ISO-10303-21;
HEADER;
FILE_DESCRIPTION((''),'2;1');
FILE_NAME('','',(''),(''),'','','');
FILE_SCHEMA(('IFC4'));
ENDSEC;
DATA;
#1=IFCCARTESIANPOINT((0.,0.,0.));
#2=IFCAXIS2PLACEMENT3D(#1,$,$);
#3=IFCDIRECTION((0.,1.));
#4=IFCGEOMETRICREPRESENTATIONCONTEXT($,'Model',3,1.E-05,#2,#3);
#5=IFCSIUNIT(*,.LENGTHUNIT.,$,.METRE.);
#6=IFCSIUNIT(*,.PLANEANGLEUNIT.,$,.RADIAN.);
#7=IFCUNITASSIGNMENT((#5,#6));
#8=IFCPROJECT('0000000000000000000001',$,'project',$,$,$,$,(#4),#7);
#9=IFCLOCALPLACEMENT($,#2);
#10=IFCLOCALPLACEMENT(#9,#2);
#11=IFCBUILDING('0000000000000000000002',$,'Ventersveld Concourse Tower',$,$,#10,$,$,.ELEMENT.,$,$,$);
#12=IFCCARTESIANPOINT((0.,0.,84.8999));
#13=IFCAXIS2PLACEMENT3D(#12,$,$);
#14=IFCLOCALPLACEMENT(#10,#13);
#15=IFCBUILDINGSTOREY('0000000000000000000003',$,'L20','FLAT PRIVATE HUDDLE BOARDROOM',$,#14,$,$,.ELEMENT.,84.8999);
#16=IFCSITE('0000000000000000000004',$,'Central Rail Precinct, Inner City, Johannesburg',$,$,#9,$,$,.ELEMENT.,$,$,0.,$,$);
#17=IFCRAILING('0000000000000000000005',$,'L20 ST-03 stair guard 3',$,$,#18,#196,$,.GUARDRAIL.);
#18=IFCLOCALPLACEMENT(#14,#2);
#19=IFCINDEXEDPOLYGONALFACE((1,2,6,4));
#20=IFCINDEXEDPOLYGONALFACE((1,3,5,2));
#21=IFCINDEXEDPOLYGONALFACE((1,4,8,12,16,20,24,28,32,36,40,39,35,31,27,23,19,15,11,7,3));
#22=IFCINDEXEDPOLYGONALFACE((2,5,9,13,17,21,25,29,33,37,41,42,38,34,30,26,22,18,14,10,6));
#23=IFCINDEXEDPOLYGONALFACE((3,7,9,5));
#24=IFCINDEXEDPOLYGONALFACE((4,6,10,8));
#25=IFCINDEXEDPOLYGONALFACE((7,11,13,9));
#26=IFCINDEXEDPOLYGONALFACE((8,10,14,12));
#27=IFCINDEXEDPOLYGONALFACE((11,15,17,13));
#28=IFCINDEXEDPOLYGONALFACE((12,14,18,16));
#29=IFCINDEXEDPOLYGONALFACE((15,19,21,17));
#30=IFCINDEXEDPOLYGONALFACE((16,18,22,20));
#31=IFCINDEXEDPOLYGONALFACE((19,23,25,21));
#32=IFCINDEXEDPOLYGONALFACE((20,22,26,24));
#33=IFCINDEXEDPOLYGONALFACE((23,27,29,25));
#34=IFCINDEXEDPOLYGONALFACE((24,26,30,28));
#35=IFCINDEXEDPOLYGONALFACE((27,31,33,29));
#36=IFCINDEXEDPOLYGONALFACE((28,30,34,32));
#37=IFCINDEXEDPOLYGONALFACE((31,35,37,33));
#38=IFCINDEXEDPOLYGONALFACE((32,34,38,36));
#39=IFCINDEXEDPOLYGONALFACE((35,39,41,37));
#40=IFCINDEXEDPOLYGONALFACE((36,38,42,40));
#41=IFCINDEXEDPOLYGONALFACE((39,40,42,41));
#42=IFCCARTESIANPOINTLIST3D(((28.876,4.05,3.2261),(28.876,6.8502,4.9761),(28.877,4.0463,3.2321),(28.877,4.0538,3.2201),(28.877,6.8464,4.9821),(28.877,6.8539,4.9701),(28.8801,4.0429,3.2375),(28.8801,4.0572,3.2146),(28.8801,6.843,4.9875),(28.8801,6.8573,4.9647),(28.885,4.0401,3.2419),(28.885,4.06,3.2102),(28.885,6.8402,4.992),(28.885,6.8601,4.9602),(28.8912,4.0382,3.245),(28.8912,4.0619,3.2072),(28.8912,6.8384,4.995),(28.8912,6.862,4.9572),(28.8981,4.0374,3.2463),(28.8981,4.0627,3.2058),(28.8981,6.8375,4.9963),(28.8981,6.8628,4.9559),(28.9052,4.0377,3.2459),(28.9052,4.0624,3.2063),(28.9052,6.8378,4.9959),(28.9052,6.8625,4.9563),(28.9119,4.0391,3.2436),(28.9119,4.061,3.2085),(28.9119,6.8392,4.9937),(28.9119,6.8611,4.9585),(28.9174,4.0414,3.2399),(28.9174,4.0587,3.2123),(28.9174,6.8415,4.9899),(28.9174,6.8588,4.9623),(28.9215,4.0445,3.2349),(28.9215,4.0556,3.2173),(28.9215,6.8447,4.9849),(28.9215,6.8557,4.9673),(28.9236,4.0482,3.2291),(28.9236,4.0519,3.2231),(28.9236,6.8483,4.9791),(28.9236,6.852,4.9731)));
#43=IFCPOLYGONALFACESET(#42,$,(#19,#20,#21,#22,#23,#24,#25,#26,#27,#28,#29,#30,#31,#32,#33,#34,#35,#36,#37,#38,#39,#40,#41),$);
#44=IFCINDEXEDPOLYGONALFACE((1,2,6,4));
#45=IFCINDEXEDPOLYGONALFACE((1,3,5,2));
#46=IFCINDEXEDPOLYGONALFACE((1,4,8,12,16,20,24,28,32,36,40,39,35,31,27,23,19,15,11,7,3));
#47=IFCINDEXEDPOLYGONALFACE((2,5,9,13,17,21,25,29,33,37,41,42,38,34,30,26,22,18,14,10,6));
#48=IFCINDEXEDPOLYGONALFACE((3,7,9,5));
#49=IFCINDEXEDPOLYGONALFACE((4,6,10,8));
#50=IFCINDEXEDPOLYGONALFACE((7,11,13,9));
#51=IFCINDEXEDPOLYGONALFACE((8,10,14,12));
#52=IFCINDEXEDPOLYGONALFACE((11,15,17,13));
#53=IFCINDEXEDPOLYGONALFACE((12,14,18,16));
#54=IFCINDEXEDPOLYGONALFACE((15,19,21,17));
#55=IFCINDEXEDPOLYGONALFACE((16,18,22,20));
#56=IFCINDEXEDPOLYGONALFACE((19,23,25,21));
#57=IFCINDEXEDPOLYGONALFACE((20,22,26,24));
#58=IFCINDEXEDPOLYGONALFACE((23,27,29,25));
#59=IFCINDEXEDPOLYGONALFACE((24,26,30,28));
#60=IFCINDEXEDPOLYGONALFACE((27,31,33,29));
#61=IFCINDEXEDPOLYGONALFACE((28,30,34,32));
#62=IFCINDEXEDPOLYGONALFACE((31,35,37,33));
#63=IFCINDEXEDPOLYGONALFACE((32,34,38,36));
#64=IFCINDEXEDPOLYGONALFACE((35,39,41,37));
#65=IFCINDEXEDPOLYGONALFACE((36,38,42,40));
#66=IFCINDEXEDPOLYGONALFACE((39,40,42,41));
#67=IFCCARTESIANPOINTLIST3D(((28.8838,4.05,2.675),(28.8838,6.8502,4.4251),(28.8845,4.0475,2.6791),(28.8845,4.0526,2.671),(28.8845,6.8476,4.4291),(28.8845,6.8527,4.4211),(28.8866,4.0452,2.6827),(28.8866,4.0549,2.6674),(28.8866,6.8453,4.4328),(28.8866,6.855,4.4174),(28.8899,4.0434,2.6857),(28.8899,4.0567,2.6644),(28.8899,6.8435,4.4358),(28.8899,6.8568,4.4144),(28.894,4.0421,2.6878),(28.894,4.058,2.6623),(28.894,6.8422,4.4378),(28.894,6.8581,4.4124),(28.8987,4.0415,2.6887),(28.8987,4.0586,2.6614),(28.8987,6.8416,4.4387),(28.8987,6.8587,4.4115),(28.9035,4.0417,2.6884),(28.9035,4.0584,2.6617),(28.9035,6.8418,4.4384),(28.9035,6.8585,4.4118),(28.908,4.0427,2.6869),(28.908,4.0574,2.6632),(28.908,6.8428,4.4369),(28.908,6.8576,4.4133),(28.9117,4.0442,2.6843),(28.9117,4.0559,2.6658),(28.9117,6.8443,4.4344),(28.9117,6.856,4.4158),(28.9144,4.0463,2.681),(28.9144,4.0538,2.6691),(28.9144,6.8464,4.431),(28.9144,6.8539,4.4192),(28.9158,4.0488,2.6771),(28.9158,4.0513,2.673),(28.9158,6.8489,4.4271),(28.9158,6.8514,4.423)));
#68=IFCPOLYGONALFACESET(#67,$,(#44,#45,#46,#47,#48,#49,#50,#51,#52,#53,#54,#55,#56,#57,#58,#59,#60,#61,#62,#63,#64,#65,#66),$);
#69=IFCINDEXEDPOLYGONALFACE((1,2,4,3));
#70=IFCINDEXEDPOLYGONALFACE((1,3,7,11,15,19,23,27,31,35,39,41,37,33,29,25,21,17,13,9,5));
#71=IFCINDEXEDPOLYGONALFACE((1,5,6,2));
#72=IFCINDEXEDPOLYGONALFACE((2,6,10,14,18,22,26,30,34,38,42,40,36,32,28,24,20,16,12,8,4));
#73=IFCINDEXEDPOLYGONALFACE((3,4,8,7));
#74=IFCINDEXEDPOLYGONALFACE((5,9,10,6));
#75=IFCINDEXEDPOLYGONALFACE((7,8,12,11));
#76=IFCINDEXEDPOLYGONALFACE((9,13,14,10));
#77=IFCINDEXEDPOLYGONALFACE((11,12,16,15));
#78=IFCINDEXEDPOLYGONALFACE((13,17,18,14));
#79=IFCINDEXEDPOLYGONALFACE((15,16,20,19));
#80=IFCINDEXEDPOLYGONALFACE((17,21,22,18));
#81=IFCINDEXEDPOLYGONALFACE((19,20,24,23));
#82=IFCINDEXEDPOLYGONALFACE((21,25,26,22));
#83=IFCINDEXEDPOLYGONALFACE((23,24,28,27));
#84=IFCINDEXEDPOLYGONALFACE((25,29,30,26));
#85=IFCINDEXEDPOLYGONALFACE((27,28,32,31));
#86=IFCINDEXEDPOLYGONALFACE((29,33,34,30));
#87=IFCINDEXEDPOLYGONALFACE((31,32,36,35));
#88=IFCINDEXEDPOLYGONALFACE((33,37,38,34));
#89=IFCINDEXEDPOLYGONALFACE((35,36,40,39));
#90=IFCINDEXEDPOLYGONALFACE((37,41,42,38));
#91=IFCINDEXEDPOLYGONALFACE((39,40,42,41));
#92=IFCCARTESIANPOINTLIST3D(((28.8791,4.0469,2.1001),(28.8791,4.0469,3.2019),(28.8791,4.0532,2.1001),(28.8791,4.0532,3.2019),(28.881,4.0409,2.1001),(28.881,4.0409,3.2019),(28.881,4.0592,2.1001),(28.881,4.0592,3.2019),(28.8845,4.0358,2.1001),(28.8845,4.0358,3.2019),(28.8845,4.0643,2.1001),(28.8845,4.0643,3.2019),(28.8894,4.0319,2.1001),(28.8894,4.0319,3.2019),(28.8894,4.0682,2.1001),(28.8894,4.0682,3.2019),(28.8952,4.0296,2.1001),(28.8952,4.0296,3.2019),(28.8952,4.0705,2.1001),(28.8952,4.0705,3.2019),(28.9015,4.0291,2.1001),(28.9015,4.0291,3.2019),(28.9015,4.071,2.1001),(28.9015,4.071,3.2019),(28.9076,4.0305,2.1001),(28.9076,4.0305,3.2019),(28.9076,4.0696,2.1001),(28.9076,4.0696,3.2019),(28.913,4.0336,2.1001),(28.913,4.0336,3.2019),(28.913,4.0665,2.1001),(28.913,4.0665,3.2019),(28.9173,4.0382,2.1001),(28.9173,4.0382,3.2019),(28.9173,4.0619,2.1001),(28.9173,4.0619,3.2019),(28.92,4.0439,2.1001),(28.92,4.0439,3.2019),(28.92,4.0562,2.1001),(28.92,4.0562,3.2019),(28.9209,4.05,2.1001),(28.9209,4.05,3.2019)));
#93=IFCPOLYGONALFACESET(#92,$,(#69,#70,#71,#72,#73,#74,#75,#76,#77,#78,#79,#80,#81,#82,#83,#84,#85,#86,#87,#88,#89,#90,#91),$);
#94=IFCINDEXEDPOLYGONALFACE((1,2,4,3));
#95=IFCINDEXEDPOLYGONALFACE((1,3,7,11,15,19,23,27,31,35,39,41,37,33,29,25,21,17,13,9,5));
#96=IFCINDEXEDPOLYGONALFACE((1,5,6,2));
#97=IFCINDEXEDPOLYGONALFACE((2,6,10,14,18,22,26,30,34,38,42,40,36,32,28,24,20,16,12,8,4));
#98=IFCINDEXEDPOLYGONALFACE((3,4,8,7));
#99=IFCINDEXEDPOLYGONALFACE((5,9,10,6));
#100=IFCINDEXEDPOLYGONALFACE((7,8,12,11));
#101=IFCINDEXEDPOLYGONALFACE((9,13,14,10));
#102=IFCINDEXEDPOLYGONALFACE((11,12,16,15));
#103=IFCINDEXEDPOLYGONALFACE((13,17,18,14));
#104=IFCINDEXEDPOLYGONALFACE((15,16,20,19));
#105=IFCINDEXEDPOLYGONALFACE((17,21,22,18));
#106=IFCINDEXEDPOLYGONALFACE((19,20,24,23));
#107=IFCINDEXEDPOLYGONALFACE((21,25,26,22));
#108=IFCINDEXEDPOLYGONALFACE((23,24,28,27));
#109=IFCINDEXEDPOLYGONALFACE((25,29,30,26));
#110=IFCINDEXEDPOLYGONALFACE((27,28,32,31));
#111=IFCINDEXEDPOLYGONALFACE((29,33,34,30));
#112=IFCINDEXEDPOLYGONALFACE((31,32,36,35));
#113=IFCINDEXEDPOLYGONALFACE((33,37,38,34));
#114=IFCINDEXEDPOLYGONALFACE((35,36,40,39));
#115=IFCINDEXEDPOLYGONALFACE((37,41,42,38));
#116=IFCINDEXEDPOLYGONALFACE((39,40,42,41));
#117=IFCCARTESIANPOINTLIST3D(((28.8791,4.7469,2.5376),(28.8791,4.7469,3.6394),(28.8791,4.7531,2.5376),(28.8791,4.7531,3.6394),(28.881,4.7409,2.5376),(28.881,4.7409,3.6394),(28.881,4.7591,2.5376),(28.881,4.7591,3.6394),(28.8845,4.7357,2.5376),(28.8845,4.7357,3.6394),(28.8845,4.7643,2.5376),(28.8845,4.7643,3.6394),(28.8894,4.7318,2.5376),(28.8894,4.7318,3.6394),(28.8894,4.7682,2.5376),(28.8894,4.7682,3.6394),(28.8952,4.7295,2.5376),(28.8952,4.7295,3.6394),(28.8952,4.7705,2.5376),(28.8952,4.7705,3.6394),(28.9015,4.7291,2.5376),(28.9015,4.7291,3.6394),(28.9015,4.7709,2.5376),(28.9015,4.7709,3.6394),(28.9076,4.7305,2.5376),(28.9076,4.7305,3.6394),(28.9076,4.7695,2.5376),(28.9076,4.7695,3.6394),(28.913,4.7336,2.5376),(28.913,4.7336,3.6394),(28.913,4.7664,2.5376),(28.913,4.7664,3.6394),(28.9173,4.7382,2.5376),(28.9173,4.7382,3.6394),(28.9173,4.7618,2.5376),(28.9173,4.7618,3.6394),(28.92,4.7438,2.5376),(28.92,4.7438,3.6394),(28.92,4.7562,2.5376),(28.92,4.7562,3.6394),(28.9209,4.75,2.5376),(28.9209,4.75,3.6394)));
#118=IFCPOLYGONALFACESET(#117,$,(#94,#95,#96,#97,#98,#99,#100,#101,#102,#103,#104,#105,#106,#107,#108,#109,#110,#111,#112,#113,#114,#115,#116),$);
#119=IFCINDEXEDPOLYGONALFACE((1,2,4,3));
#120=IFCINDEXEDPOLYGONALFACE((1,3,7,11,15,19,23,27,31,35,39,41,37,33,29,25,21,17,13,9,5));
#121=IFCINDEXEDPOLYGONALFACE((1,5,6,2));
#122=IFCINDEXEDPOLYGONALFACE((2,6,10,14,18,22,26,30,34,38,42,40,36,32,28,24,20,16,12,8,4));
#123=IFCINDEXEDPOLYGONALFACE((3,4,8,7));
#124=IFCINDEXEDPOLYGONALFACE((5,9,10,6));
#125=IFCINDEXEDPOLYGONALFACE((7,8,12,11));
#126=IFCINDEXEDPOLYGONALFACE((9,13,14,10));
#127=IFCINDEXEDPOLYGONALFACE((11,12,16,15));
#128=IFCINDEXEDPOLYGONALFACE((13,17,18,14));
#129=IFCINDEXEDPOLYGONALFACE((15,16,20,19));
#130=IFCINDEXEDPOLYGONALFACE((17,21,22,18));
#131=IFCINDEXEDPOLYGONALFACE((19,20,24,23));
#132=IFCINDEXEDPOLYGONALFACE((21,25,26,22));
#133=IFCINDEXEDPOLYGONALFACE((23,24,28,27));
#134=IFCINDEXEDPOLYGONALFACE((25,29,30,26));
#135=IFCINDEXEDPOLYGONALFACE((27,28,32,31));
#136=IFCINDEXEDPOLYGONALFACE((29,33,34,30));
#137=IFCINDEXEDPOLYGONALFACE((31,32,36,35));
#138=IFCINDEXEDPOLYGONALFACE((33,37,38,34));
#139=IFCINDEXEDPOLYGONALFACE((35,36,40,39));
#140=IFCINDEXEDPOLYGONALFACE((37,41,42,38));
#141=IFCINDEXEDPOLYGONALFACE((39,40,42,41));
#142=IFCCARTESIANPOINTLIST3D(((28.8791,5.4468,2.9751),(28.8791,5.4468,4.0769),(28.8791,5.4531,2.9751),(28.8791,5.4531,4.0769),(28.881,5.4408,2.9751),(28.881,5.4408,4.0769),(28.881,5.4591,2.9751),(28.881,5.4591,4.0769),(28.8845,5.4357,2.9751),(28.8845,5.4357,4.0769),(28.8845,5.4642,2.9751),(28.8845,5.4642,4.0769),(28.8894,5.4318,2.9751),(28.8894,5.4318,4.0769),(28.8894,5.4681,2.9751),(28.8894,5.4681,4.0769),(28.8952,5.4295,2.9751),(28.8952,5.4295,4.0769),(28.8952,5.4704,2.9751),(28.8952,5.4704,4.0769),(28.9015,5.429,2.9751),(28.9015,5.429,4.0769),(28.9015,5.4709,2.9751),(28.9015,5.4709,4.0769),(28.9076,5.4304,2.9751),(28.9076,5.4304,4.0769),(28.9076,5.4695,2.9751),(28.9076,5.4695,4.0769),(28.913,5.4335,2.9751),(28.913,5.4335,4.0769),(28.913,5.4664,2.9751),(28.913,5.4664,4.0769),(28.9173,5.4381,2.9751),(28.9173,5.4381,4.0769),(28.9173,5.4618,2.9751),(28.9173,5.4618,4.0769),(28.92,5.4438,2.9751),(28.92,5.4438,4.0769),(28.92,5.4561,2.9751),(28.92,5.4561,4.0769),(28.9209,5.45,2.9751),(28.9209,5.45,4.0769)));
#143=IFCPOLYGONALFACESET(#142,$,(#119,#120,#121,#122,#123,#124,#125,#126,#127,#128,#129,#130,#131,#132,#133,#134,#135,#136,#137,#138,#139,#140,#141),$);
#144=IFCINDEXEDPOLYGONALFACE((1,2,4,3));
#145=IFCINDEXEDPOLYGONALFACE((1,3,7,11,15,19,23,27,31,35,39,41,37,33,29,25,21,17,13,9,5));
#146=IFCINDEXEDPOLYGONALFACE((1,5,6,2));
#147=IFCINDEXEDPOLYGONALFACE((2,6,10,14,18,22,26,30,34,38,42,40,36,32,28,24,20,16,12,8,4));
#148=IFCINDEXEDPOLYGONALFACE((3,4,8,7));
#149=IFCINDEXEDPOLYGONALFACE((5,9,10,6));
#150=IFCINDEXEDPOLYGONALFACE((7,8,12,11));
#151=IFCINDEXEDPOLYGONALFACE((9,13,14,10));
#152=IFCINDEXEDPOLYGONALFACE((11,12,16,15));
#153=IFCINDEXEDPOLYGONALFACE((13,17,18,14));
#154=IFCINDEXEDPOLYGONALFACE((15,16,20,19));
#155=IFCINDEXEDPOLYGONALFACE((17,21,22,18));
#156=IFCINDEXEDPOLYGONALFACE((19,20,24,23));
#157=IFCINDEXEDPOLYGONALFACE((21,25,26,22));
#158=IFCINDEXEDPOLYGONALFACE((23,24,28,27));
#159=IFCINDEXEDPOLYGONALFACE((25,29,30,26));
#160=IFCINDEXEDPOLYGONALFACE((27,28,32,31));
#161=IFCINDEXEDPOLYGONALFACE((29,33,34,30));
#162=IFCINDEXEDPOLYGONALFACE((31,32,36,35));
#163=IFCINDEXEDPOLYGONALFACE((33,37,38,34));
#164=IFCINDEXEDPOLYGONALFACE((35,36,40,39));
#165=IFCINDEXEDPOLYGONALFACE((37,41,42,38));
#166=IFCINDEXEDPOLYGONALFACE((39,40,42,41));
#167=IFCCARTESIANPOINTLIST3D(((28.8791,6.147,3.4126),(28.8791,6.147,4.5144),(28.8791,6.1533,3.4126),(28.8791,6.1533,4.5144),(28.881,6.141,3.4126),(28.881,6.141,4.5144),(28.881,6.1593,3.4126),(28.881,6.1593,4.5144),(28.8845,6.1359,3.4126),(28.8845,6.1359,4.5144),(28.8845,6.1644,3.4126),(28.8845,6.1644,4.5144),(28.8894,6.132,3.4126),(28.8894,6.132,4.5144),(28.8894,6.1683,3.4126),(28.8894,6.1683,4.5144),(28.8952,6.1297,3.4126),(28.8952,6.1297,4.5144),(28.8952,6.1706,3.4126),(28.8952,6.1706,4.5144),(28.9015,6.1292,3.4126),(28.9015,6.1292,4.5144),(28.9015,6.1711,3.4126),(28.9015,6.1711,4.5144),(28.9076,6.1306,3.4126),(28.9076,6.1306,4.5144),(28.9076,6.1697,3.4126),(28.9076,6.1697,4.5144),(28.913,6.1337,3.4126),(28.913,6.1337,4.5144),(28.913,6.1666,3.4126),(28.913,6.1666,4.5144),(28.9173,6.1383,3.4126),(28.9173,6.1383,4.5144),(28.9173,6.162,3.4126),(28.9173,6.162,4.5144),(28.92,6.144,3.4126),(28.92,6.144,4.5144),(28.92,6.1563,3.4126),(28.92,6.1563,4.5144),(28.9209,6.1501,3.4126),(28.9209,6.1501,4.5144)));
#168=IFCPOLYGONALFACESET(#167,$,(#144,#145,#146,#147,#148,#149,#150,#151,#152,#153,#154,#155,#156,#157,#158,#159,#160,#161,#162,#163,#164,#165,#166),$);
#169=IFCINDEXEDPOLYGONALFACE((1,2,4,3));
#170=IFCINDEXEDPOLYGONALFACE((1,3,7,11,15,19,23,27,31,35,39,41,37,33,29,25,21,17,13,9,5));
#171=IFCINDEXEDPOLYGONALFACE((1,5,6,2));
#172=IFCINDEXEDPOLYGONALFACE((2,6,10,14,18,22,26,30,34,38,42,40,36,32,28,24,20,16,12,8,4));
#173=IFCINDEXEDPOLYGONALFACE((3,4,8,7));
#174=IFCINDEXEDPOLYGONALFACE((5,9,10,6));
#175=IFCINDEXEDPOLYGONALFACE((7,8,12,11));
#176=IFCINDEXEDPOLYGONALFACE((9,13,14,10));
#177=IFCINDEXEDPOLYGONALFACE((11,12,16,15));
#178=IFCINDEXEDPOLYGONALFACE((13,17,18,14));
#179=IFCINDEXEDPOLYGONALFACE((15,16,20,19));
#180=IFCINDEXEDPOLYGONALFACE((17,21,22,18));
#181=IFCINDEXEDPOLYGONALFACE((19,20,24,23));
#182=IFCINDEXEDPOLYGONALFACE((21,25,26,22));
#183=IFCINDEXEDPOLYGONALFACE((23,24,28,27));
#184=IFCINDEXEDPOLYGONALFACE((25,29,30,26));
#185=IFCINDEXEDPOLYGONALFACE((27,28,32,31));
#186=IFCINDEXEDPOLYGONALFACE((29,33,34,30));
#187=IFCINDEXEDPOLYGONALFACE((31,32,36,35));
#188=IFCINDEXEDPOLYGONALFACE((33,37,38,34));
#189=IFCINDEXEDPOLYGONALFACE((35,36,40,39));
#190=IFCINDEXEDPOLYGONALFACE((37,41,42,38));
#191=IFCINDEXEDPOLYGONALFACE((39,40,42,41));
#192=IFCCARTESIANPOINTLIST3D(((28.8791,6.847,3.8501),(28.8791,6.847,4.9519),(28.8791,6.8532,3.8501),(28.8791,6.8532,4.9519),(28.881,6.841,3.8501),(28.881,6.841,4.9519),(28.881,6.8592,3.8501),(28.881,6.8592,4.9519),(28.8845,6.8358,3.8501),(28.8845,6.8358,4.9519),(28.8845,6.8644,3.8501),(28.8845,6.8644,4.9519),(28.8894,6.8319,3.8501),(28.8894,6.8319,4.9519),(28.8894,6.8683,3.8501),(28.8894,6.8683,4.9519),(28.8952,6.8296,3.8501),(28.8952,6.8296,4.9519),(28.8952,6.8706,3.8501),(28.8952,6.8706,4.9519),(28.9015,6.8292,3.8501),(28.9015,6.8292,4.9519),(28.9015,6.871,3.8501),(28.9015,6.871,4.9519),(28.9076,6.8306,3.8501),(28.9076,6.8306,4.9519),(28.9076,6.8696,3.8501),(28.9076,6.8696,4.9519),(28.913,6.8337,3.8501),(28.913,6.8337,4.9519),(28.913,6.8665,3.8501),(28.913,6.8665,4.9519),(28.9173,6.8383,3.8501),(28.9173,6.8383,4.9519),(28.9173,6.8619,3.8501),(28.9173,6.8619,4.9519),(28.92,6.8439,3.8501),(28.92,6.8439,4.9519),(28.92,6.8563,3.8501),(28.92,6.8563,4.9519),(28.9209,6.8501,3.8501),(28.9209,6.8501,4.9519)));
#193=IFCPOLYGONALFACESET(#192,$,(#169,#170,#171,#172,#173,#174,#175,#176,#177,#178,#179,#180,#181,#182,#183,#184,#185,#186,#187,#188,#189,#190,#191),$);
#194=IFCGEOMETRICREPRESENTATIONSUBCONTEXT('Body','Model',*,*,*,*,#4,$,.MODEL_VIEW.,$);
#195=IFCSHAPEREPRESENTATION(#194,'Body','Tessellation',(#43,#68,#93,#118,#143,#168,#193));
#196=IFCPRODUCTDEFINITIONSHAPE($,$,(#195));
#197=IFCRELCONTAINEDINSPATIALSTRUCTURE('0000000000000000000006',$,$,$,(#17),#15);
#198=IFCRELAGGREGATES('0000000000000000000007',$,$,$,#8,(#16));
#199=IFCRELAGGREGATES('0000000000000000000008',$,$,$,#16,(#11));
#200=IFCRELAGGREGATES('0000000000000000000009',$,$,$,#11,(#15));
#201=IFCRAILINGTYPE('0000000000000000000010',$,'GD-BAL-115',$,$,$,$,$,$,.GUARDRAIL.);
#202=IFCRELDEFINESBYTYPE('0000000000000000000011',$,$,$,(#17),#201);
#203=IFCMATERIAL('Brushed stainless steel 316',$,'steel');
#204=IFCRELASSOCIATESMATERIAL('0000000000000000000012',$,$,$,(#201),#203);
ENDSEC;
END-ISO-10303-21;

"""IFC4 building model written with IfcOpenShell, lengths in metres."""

from ifc_helpers import new_model, si_unit, direction, frame, origin, origin_2d, place, context, subcontext, project, spatial, circle, extrude, material, type_object, element, save


model = new_model("IFC4")

# Units and contexts
model_context = context("Model", 3, precision=1e-05, world=origin(), true_north=direction((0.0, 1.0)))
body_context = subcontext(model_context, "Body", "Model", "MODEL_VIEW")
ifc_project = project(units=[si_unit("LENGTHUNIT", "METRE"), si_unit("PLANEANGLEUNIT", "RADIAN")], contexts=[model_context])

# Site, building, storey
site_placement = place(None, origin())
site = spatial("IfcSite", under=ifc_project, at=site_placement, Name="Central Rail Precinct, Inner City, Johannesburg", CompositionType="ELEMENT", RefElevation=0.0)
building_placement = place(site_placement, origin())
building = spatial("IfcBuilding", under=site, at=building_placement, Name="Ventersveld Concourse Tower", CompositionType="ELEMENT")
storey_placement = place(building_placement, frame((0.0, 0.0, 84.8999)))
storey = spatial("IfcBuildingStorey", under=building, at=storey_placement, Name="L20", Description="FLAT PRIVATE HUDDLE BOARDROOM", CompositionType="ELEMENT", Elevation=84.8999)

# Railing
ifc_material_1 = material(Name="Brushed stainless steel 316", Category="steel")
railing_type_1 = type_object("IfcRailingType", Name="GD-BAL-115", PredefinedType="GUARDRAIL", material=ifc_material_1)
railing_1_placement = place(storey_placement, frame((28.8999, 4.05, 2.1001)))
element("IfcRailing", 1, at=railing_1_placement, inside=storey, type_object=railing_type_1, Name="L20 ST-03 stair guard 3", PredefinedType="GUARDRAIL", context=body_context, shape_type="SweptSolid", body=[
    extrude(circle(Radius=0.0239, at=origin_2d()), frame((0.0, 0.0, 1.126), z_axis=(0.0, 0.848002, 0.529992), x_axis=(-1.0, 0.0, 0.0)), (0.0, 0.0, 1.0), 3.302),
    extrude(circle(Radius=0.0161, at=origin_2d()), frame((0.0, 0.0, 0.575), z_axis=(0.0, 0.848002, 0.529992), x_axis=(-1.0, 0.0, 0.0)), (0.0, 0.0, 1.0), 3.302),
    extrude(circle(Radius=0.021, at=origin_2d()), origin(), (0.0, 0.0, 1.0), 1.1018),
    extrude(circle(Radius=0.021, at=origin_2d()), frame((0.0, 0.7, 0.4375)), (0.0, 0.0, 1.0), 1.1018),
    extrude(circle(Radius=0.021, at=origin_2d()), frame((0.0, 1.3999, 0.875)), (0.0, 0.0, 1.0), 1.1018),
    extrude(circle(Radius=0.021, at=origin_2d()), frame((0.0, 2.1001, 1.3125)), (0.0, 0.0, 1.0), 1.1018),
    extrude(circle(Radius=0.021, at=origin_2d()), frame((0.0, 2.8, 1.75)), (0.0, 0.0, 1.0), 1.1018),
])

save(model, "model.ifc")
